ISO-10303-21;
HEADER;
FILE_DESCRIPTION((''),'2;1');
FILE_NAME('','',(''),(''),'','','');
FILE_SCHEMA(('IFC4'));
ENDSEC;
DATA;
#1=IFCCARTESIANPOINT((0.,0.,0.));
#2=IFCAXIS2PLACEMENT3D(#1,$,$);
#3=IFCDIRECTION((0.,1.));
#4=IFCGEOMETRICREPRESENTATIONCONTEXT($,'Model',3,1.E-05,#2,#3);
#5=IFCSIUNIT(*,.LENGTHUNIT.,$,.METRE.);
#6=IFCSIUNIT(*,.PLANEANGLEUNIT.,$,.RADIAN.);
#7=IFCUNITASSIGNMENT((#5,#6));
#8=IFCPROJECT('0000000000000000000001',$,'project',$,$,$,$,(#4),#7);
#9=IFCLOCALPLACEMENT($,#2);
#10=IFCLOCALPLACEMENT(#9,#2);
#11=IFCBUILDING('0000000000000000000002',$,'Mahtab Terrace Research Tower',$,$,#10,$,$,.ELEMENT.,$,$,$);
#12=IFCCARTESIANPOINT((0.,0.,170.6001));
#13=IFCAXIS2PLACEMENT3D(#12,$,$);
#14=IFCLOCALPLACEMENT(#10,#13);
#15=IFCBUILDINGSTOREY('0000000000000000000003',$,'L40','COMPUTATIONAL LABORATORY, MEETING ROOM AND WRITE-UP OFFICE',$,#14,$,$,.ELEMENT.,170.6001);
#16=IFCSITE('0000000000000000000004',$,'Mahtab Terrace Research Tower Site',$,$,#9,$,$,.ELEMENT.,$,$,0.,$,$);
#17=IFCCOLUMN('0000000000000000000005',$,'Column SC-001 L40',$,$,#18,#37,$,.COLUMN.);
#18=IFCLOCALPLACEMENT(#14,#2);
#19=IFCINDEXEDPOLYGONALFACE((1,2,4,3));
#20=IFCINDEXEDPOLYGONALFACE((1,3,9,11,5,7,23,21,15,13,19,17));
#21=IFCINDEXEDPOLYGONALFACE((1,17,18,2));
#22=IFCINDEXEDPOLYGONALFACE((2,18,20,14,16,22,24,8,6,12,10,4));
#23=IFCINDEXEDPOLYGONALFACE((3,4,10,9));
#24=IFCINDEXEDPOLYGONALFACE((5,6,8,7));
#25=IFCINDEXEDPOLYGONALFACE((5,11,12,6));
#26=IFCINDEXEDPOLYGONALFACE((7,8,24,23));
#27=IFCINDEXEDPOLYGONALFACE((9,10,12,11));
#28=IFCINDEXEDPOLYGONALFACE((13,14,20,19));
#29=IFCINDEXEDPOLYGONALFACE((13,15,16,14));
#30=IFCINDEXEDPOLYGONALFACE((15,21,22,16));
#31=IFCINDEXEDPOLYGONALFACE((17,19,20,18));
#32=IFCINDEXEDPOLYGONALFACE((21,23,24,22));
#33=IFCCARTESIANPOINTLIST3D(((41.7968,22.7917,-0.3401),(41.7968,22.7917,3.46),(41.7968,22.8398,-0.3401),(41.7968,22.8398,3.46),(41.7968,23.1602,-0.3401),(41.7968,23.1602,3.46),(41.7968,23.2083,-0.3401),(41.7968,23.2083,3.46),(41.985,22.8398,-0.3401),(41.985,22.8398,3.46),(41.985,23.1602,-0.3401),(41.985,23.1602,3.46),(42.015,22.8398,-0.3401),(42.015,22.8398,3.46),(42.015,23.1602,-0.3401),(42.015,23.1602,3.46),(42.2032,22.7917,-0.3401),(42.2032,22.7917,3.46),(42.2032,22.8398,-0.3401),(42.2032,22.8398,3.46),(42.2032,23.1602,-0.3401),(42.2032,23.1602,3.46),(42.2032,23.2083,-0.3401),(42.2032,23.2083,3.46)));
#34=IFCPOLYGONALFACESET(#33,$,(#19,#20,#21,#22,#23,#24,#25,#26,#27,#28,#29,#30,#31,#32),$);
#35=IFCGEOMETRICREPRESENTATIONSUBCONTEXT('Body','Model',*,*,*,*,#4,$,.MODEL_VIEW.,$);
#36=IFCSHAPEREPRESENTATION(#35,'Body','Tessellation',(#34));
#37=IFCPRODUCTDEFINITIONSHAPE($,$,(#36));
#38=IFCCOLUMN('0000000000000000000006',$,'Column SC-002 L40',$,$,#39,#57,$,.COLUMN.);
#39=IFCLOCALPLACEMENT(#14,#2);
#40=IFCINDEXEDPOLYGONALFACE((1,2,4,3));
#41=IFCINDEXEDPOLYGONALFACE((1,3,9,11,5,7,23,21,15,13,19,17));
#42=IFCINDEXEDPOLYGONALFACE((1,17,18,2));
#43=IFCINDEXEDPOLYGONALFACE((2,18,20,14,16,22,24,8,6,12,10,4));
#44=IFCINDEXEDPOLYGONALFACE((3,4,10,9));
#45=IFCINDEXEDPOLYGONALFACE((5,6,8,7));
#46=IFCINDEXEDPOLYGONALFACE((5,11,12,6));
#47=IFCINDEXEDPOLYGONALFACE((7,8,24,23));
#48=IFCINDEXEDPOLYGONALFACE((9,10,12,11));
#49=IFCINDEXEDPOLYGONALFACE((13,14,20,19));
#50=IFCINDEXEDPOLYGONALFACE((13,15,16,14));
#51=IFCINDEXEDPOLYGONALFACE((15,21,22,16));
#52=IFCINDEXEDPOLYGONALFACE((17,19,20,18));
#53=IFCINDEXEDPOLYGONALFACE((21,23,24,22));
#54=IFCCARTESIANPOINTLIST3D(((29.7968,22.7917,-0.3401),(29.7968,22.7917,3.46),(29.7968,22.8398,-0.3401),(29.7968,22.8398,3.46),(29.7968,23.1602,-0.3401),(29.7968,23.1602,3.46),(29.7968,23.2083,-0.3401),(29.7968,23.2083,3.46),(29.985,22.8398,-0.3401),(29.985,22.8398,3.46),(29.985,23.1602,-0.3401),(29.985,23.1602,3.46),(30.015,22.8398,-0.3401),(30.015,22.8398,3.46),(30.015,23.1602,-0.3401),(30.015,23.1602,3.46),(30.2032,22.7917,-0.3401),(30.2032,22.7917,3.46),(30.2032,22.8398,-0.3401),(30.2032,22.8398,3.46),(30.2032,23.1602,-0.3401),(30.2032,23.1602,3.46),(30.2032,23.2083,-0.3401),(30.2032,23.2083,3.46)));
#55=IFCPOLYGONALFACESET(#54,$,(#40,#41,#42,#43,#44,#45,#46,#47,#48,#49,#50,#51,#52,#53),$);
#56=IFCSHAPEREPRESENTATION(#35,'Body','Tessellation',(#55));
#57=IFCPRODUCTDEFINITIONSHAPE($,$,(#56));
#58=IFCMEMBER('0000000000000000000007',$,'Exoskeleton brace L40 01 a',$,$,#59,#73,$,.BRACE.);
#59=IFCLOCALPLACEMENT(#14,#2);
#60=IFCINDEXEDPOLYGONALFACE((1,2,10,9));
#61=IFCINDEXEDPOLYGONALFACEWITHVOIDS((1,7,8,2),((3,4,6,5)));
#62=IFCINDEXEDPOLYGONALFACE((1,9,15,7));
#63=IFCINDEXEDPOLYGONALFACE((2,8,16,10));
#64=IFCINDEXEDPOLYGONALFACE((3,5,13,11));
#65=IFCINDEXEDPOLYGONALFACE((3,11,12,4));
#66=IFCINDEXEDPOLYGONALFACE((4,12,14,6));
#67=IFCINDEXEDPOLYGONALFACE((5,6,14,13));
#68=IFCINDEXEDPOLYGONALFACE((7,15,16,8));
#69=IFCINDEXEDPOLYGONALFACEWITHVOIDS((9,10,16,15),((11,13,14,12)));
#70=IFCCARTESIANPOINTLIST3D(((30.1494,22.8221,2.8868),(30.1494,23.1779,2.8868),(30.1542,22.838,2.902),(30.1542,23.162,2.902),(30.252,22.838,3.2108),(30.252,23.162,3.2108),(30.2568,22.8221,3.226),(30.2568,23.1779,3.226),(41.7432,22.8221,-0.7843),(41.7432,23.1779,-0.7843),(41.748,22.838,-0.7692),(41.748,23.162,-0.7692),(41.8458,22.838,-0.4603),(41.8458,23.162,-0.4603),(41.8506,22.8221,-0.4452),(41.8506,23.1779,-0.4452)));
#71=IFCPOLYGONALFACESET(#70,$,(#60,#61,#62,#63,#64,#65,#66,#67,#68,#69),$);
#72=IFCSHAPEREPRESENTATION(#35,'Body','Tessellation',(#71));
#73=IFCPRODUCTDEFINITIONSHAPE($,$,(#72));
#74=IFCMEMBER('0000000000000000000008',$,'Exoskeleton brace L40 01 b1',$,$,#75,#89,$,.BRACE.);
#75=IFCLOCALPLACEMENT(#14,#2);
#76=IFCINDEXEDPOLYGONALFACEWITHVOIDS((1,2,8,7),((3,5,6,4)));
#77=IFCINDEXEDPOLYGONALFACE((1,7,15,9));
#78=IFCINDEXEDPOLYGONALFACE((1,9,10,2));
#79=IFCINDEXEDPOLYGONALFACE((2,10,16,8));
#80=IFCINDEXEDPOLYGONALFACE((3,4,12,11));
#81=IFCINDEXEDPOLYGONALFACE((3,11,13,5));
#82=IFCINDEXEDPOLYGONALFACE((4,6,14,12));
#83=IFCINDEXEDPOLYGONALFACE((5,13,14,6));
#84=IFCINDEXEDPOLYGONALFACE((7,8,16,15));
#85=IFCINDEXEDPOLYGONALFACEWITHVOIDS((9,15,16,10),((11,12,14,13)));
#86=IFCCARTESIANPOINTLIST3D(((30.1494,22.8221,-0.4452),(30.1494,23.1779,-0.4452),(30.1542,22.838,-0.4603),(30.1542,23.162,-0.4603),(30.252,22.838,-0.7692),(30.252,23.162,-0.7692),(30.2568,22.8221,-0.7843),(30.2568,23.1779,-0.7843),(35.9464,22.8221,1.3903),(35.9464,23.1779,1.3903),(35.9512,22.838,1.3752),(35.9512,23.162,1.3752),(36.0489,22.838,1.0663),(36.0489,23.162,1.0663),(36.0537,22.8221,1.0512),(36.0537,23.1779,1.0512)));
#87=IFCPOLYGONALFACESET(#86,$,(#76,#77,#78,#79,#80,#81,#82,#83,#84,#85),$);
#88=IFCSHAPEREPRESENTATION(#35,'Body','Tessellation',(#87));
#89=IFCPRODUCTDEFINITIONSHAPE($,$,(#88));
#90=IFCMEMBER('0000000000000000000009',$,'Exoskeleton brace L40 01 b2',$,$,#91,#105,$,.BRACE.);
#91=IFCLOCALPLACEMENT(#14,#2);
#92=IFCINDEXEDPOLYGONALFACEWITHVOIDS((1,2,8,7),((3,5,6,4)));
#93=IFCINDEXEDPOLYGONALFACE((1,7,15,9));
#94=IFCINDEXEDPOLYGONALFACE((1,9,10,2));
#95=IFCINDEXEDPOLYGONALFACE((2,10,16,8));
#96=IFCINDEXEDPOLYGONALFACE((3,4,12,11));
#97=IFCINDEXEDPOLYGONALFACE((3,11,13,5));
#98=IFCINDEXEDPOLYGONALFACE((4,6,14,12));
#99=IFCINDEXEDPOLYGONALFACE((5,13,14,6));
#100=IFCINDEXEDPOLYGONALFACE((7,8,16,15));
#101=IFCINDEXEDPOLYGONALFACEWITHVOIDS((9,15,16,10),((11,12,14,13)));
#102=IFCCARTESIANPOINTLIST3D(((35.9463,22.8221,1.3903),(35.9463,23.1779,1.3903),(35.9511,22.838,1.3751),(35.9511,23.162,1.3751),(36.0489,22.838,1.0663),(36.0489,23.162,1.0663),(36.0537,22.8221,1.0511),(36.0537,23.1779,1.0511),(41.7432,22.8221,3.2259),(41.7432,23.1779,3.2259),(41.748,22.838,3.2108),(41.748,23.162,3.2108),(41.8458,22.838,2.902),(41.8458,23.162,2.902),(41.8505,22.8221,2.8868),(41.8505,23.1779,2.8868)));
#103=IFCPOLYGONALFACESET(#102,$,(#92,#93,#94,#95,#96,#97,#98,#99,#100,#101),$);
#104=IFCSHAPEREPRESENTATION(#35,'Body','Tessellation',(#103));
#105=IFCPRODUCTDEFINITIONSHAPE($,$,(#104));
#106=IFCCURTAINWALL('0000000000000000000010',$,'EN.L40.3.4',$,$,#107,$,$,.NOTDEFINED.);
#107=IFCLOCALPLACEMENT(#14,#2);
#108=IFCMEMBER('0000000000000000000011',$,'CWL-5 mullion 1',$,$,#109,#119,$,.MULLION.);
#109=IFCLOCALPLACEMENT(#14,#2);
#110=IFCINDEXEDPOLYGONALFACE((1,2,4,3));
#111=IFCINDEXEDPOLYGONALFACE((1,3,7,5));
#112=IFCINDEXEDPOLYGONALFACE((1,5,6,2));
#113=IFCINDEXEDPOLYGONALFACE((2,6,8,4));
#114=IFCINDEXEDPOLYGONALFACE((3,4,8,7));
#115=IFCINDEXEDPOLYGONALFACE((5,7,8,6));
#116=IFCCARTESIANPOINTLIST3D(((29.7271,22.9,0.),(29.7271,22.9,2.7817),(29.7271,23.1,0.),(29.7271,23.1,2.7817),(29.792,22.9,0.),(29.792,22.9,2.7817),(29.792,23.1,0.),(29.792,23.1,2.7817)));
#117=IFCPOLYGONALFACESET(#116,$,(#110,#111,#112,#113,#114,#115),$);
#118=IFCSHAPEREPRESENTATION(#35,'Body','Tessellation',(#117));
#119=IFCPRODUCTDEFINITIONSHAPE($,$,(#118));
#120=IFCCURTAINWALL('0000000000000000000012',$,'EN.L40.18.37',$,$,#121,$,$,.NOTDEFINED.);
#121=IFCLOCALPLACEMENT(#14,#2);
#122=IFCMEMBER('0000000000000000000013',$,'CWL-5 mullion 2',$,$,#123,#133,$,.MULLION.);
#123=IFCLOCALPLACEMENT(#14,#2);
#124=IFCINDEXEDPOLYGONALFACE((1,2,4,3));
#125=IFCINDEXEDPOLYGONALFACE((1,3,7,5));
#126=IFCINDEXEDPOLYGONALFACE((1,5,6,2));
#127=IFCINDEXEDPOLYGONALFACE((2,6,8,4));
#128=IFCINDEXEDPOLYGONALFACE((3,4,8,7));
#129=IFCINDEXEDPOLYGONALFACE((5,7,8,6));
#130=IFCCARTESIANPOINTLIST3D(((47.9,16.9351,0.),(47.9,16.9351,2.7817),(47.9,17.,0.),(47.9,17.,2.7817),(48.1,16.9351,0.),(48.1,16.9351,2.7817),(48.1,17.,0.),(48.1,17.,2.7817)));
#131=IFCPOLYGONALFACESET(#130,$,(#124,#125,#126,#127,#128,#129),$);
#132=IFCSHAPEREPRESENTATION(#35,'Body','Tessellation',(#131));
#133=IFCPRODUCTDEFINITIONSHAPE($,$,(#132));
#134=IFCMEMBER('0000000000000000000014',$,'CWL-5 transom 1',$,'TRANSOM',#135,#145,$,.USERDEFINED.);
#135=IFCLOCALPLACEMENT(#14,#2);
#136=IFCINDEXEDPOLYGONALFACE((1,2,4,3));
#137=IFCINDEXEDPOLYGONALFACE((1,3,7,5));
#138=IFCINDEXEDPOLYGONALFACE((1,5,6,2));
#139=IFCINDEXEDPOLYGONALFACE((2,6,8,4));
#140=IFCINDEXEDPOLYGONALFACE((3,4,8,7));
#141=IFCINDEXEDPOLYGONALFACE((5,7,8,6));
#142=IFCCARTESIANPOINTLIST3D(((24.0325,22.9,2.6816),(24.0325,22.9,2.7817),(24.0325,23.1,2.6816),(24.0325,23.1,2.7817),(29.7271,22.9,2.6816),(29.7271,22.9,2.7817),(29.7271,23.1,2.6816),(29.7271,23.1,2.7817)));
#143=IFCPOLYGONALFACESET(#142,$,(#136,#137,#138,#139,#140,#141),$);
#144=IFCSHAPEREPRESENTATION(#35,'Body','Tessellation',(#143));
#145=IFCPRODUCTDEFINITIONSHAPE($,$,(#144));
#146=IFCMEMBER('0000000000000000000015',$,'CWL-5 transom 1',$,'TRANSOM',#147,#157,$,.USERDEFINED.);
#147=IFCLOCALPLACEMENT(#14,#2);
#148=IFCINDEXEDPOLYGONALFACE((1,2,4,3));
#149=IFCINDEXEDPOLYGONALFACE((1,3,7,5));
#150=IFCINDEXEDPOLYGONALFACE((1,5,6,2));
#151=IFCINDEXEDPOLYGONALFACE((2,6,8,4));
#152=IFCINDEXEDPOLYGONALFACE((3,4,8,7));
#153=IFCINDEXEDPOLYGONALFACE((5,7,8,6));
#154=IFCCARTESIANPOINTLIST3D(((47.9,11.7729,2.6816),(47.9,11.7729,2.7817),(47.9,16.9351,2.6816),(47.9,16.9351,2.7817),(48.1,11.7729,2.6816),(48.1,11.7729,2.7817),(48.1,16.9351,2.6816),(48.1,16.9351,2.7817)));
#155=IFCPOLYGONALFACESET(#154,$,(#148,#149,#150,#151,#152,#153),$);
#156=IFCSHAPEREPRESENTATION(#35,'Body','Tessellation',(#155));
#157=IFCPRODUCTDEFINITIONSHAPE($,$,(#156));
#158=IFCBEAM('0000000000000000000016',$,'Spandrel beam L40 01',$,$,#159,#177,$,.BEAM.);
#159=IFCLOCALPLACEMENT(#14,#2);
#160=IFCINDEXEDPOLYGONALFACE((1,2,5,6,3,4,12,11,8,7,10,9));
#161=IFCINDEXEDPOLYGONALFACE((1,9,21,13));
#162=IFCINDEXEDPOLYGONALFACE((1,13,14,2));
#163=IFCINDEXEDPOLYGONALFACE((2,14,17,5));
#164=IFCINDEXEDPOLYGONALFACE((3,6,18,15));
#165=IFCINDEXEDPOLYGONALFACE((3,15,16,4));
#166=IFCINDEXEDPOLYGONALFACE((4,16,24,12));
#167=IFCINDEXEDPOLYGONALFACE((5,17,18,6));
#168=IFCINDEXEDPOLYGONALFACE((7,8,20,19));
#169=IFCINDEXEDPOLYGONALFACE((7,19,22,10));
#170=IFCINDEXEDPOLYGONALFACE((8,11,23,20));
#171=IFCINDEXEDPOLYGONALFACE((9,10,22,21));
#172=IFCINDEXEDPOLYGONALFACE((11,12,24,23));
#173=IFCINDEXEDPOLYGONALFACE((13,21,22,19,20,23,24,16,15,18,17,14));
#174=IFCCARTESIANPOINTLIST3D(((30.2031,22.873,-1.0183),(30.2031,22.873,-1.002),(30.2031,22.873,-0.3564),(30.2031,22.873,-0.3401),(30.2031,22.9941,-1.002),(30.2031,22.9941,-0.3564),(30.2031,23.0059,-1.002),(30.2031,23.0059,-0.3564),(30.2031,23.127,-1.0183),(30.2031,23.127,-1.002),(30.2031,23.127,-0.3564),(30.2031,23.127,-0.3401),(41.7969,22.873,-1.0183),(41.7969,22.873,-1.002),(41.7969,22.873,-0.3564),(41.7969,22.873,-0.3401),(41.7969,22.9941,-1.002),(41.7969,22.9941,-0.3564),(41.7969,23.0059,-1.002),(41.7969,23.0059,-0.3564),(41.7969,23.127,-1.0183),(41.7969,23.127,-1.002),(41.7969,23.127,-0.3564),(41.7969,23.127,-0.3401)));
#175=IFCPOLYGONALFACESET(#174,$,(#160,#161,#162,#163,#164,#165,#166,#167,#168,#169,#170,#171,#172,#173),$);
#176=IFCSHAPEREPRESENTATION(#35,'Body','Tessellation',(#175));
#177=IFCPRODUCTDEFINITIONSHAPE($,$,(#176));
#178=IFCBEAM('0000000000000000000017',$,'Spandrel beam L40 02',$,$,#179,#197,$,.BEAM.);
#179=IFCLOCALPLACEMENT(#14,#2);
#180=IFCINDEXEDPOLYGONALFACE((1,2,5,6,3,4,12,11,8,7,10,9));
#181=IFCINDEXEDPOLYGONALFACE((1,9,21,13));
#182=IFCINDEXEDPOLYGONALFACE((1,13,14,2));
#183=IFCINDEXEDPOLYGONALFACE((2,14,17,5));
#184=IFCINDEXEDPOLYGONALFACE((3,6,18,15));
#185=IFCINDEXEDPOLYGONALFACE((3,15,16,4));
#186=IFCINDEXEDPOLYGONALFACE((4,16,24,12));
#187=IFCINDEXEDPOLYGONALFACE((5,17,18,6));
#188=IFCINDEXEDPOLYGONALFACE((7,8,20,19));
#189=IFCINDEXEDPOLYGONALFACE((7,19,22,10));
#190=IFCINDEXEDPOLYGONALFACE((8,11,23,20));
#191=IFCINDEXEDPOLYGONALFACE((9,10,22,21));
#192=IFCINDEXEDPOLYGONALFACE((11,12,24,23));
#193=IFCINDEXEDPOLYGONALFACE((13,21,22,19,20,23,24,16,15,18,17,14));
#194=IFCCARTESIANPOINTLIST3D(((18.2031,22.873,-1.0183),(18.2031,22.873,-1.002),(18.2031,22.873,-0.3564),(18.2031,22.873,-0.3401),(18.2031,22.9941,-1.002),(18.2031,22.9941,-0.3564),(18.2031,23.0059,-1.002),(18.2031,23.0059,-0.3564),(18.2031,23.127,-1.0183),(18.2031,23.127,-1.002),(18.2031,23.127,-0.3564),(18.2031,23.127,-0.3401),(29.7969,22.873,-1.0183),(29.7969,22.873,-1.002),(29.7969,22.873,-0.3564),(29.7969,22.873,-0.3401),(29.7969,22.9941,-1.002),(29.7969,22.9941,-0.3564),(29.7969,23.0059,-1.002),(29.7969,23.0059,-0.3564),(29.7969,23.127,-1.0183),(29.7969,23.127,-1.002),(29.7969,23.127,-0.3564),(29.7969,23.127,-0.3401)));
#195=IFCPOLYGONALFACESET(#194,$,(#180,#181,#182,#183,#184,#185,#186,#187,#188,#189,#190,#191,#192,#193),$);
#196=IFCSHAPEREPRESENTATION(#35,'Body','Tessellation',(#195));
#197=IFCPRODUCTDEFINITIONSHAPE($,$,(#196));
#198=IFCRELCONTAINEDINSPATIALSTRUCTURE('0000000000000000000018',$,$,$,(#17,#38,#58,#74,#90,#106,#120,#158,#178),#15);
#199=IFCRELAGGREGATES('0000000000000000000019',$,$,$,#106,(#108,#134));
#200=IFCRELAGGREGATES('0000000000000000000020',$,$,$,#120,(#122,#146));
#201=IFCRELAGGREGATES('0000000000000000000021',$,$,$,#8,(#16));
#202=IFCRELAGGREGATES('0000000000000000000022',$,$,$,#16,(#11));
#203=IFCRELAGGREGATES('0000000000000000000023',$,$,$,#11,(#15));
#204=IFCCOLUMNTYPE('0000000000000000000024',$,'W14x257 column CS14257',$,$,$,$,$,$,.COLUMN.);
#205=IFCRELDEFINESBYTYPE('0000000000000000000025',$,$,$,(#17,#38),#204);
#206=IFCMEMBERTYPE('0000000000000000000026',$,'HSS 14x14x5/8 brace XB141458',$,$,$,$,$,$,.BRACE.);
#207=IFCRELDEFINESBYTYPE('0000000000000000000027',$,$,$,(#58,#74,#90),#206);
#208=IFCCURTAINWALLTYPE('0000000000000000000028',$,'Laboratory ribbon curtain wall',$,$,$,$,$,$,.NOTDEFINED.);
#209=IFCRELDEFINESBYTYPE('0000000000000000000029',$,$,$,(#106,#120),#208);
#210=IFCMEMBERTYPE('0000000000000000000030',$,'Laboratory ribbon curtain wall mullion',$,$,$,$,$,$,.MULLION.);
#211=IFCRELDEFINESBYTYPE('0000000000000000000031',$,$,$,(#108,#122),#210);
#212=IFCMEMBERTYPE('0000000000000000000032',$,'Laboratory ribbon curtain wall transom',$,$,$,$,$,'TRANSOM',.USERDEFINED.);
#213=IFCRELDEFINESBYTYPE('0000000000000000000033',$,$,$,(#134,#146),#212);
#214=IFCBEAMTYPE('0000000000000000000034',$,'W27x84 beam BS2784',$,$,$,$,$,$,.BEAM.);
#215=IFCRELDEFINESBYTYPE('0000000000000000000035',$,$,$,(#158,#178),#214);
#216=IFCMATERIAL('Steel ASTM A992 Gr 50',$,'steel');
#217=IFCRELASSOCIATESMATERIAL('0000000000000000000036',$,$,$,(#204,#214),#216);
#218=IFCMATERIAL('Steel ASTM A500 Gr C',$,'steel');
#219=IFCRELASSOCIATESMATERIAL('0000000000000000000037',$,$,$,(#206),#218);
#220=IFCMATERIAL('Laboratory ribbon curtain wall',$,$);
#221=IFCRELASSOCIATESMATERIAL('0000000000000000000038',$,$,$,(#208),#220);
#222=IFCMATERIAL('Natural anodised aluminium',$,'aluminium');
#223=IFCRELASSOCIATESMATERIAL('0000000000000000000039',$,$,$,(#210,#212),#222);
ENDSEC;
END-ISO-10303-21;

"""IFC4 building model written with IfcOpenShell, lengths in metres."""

from ifc_helpers import new_model, si_unit, direction, frame, origin, origin_2d, place, context, subcontext, project, spatial, rectangle, hollow_rectangle, i_section, extrude, material, material_profile, profile_set, type_object, element, aggregate, save


model = new_model("IFC4")

# Units and contexts
model_context = context("Model", 3, precision=1e-05, world=origin(), true_north=direction((0.0, 1.0)))
body_context = subcontext(model_context, "Body", "Model", "MODEL_VIEW")
ifc_project = project(units=[si_unit("LENGTHUNIT", "METRE"), si_unit("PLANEANGLEUNIT", "RADIAN")], contexts=[model_context])

# Site, building, storey
site_placement = place(None, origin())
site = spatial("IfcSite", under=ifc_project, at=site_placement, Name="Mahtab Terrace Research Tower Site", CompositionType="ELEMENT", RefElevation=0.0)
building_placement = place(site_placement, origin())
building = spatial("IfcBuilding", under=site, at=building_placement, Name="Mahtab Terrace Research Tower", CompositionType="ELEMENT")
storey_placement = place(building_placement, frame((0.0, 0.0, 170.6001)))
storey = spatial("IfcBuildingStorey", under=building, at=storey_placement, Name="L40", Description="COMPUTATIONAL LABORATORY, MEETING ROOM AND WRITE-UP OFFICE", CompositionType="ELEMENT", Elevation=170.6001)

# Columns
ifc_material_1 = material(Name="Steel ASTM A992 Gr 50", Category="steel")
ifc_material_profile_1 = material_profile(ifc_material_1, i_section(OverallWidth=0.4065, OverallDepth=0.4165, WebThickness=0.03, FlangeThickness=0.0481, at=origin_2d()), Name="W14X257")
ifc_profile_set_1 = profile_set([ifc_material_profile_1], Name="Steel ASTM A992 Gr 50")
column_type = type_object("IfcColumnType", Name="W14x257 column CS14257", PredefinedType="COLUMN", material=ifc_profile_set_1)
for number, where, z_axis, x_axis, name in (
    (1, (42.0, 23.0, -0.3401), (0.0, 0.0, 1.0), (1.0, 0.0, 0.0), "Column SC-001 L40"),
    (2, (30.0, 23.0, -0.3401), (0.0, 0.0, 1.0), (1.0, 0.0, 0.0), "Column SC-002 L40"),
):
    element("IfcColumn", number, at=place(storey_placement, frame(where, z_axis=z_axis, x_axis=x_axis)), inside=storey, type_object=column_type, Name=name, PredefinedType="COLUMN", context=body_context, shape_type="SweptSolid", body=[
        extrude(i_section(OverallWidth=0.4065, OverallDepth=0.4165, WebThickness=0.03, FlangeThickness=0.0481, at=origin_2d()), origin(), (0.0, 0.0, 1.0), 3.8),
    ])

# Members
ifc_material_2 = material(Name="Steel ASTM A500 Gr C", Category="steel")
ifc_material_profile_2 = material_profile(ifc_material_2, hollow_rectangle(XDim=0.3557, YDim=0.3557, WallThickness=0.0159, at=origin_2d()), Name="HSS14X14X5/8")
ifc_profile_set_2 = profile_set([ifc_material_profile_2], Name="Steel ASTM A500 Gr C")
member_type_1 = type_object("IfcMemberType", Name="HSS 14x14x5/8 brace XB141458", PredefinedType="BRACE", material=ifc_profile_set_2)
member_1_placement = place(storey_placement, frame((41.7969, 23.0, -0.6147), z_axis=(-0.953347, 0.0, 0.301876), x_axis=(0.0, -1.0, 0.0)))
element("IfcMember", 3, at=member_1_placement, inside=storey, type_object=member_type_1, Name="Exoskeleton brace L40 01 a", PredefinedType="BRACE", context=body_context, shape_type="SweptSolid", body=[
    extrude(hollow_rectangle(XDim=0.3557, YDim=0.3557, WallThickness=0.0159, at=origin_2d()), origin(), (0.0, 0.0, 1.0), 12.1611),
])
for number, where, z_axis, x_axis, name in (
    (4, (30.2031, 23.0, -0.6147), (0.953353, 0.0, 0.301858), (0.0, 1.0, 0.0), "Exoskeleton brace L40 01 b1"),
    (5, (36.0, 23.0, 1.2207), (0.953341, 0.0, 0.301894), (0.0, 1.0, 0.0), "Exoskeleton brace L40 01 b2"),
):
    element("IfcMember", number, at=place(storey_placement, frame(where, z_axis=z_axis, x_axis=x_axis)), inside=storey, type_object=member_type_1, Name=name, PredefinedType="BRACE", context=body_context, shape_type="SweptSolid", body=[
        extrude(hollow_rectangle(XDim=0.3557, YDim=0.3557, WallThickness=0.0159, at=origin_2d()), origin(), (0.0, 0.0, 1.0), 6.0806),
    ])

# Curtain walls, members
ifc_material_3 = material(Name="Laboratory ribbon curtain wall")
curtain_wall_type = type_object("IfcCurtainWallType", Name="Laboratory ribbon curtain wall", PredefinedType="NOTDEFINED", material=ifc_material_3)
curtain_wall_1_placement = place(storey_placement, origin())
curtain_wall_1 = element("IfcCurtainWall", 6, at=curtain_wall_1_placement, inside=storey, type_object=curtain_wall_type, Name="EN.L40.3.4", PredefinedType="NOTDEFINED")
ifc_material_4 = material(Name="Natural anodised aluminium", Category="aluminium")
ifc_material_profile_3 = material_profile(ifc_material_4, rectangle(XDim=0.2, YDim=0.0649, at=origin_2d()), Name="MULLION 65x200")
ifc_profile_set_3 = profile_set([ifc_material_profile_3], Name="Natural anodised aluminium")
member_type_2 = type_object("IfcMemberType", Name="Laboratory ribbon curtain wall mullion", PredefinedType="MULLION", material=ifc_profile_set_3)
member_2_placement = place(storey_placement, frame((29.7595, 23.0, 0.0), z_axis=(0.0, 0.0, 1.0), x_axis=(0.0, -1.0, 0.0)))
member_2 = element("IfcMember", 7, at=member_2_placement, type_object=member_type_2, Name="CWL-5 mullion 1", PredefinedType="MULLION", context=body_context, shape_type="SweptSolid", body=[
    extrude(rectangle(XDim=0.2, YDim=0.0649, at=origin_2d()), origin(), (0.0, 0.0, 1.0), 2.7817),
])
curtain_wall_2_placement = place(storey_placement, origin())
curtain_wall_2 = element("IfcCurtainWall", 8, at=curtain_wall_2_placement, inside=storey, type_object=curtain_wall_type, Name="EN.L40.18.37", PredefinedType="NOTDEFINED")
member_3_placement = place(storey_placement, frame((48.0, 16.9675, 0.0), z_axis=(0.0, 0.0, 1.0), x_axis=(-1.0, 0.0, 0.0)))
member_3 = element("IfcMember", 9, at=member_3_placement, type_object=member_type_2, Name="CWL-5 mullion 2", PredefinedType="MULLION", context=body_context, shape_type="SweptSolid", body=[
    extrude(rectangle(XDim=0.2, YDim=0.0649, at=origin_2d()), origin(), (0.0, 0.0, 1.0), 2.7817),
])

# Members
ifc_material_profile_4 = material_profile(ifc_material_4, rectangle(XDim=0.2, YDim=0.1001, at=origin_2d()), Name="TRANSOM 100x200")
ifc_profile_set_4 = profile_set([ifc_material_profile_4], Name="Natural anodised aluminium")
member_type_3 = type_object("IfcMemberType", Name="Laboratory ribbon curtain wall transom", ElementType="TRANSOM", PredefinedType="USERDEFINED", material=ifc_profile_set_4)
member_4_placement = place(storey_placement, frame((29.7271, 23.0, 2.7317), z_axis=(-1.0, 0.0, 0.0), x_axis=(0.0, -1.0, 0.0)))
member_4 = element("IfcMember", 10, at=member_4_placement, type_object=member_type_3, Name="CWL-5 transom 1", ObjectType="TRANSOM", PredefinedType="USERDEFINED", context=body_context, shape_type="SweptSolid", body=[
    extrude(rectangle(XDim=0.2, YDim=0.1001, at=origin_2d()), origin(), (0.0, 0.0, 1.0), 5.6946),
])
member_5_placement = place(storey_placement, frame((48.0, 11.7729, 2.7317), z_axis=(0.0, 1.0, 0.0), x_axis=(-1.0, 0.0, 0.0)))
member_5 = element("IfcMember", 11, at=member_5_placement, type_object=member_type_3, Name="CWL-5 transom 1", ObjectType="TRANSOM", PredefinedType="USERDEFINED", context=body_context, shape_type="SweptSolid", body=[
    extrude(rectangle(XDim=0.2, YDim=0.1001, at=origin_2d()), origin(), (0.0, 0.0, 1.0), 5.1621),
])

# Beams
ifc_material_profile_5 = material_profile(ifc_material_1, i_section(OverallWidth=0.2539, OverallDepth=0.6782, WebThickness=0.0117, FlangeThickness=0.0164, at=origin_2d()), Name="W27X84")
ifc_profile_set_5 = profile_set([ifc_material_profile_5], Name="Steel ASTM A992 Gr 50")
beam_type = type_object("IfcBeamType", Name="W27x84 beam BS2784", PredefinedType="BEAM", material=ifc_profile_set_5)
for number, where, z_axis, x_axis, name in (
    (12, (41.7969, 23.0, -0.6792), (-1.0, 0.0, 0.0), (0.0, -1.0, 0.0), "Spandrel beam L40 01"),
    (13, (29.7969, 23.0, -0.6792), (-1.0, 0.0, 0.0), (0.0, -1.0, 0.0), "Spandrel beam L40 02"),
):
    element("IfcBeam", number, at=place(storey_placement, frame(where, z_axis=z_axis, x_axis=x_axis)), inside=storey, type_object=beam_type, Name=name, PredefinedType="BEAM", context=body_context, shape_type="SweptSolid", body=[
        extrude(i_section(OverallWidth=0.2539, OverallDepth=0.6782, WebThickness=0.0117, FlangeThickness=0.0164, at=origin_2d()), origin(), (0.0, 0.0, 1.0), 11.5938),
    ])

aggregate(curtain_wall_1, [member_2, member_4])
aggregate(curtain_wall_2, [member_3, member_5])

save(model, "model.ifc")
